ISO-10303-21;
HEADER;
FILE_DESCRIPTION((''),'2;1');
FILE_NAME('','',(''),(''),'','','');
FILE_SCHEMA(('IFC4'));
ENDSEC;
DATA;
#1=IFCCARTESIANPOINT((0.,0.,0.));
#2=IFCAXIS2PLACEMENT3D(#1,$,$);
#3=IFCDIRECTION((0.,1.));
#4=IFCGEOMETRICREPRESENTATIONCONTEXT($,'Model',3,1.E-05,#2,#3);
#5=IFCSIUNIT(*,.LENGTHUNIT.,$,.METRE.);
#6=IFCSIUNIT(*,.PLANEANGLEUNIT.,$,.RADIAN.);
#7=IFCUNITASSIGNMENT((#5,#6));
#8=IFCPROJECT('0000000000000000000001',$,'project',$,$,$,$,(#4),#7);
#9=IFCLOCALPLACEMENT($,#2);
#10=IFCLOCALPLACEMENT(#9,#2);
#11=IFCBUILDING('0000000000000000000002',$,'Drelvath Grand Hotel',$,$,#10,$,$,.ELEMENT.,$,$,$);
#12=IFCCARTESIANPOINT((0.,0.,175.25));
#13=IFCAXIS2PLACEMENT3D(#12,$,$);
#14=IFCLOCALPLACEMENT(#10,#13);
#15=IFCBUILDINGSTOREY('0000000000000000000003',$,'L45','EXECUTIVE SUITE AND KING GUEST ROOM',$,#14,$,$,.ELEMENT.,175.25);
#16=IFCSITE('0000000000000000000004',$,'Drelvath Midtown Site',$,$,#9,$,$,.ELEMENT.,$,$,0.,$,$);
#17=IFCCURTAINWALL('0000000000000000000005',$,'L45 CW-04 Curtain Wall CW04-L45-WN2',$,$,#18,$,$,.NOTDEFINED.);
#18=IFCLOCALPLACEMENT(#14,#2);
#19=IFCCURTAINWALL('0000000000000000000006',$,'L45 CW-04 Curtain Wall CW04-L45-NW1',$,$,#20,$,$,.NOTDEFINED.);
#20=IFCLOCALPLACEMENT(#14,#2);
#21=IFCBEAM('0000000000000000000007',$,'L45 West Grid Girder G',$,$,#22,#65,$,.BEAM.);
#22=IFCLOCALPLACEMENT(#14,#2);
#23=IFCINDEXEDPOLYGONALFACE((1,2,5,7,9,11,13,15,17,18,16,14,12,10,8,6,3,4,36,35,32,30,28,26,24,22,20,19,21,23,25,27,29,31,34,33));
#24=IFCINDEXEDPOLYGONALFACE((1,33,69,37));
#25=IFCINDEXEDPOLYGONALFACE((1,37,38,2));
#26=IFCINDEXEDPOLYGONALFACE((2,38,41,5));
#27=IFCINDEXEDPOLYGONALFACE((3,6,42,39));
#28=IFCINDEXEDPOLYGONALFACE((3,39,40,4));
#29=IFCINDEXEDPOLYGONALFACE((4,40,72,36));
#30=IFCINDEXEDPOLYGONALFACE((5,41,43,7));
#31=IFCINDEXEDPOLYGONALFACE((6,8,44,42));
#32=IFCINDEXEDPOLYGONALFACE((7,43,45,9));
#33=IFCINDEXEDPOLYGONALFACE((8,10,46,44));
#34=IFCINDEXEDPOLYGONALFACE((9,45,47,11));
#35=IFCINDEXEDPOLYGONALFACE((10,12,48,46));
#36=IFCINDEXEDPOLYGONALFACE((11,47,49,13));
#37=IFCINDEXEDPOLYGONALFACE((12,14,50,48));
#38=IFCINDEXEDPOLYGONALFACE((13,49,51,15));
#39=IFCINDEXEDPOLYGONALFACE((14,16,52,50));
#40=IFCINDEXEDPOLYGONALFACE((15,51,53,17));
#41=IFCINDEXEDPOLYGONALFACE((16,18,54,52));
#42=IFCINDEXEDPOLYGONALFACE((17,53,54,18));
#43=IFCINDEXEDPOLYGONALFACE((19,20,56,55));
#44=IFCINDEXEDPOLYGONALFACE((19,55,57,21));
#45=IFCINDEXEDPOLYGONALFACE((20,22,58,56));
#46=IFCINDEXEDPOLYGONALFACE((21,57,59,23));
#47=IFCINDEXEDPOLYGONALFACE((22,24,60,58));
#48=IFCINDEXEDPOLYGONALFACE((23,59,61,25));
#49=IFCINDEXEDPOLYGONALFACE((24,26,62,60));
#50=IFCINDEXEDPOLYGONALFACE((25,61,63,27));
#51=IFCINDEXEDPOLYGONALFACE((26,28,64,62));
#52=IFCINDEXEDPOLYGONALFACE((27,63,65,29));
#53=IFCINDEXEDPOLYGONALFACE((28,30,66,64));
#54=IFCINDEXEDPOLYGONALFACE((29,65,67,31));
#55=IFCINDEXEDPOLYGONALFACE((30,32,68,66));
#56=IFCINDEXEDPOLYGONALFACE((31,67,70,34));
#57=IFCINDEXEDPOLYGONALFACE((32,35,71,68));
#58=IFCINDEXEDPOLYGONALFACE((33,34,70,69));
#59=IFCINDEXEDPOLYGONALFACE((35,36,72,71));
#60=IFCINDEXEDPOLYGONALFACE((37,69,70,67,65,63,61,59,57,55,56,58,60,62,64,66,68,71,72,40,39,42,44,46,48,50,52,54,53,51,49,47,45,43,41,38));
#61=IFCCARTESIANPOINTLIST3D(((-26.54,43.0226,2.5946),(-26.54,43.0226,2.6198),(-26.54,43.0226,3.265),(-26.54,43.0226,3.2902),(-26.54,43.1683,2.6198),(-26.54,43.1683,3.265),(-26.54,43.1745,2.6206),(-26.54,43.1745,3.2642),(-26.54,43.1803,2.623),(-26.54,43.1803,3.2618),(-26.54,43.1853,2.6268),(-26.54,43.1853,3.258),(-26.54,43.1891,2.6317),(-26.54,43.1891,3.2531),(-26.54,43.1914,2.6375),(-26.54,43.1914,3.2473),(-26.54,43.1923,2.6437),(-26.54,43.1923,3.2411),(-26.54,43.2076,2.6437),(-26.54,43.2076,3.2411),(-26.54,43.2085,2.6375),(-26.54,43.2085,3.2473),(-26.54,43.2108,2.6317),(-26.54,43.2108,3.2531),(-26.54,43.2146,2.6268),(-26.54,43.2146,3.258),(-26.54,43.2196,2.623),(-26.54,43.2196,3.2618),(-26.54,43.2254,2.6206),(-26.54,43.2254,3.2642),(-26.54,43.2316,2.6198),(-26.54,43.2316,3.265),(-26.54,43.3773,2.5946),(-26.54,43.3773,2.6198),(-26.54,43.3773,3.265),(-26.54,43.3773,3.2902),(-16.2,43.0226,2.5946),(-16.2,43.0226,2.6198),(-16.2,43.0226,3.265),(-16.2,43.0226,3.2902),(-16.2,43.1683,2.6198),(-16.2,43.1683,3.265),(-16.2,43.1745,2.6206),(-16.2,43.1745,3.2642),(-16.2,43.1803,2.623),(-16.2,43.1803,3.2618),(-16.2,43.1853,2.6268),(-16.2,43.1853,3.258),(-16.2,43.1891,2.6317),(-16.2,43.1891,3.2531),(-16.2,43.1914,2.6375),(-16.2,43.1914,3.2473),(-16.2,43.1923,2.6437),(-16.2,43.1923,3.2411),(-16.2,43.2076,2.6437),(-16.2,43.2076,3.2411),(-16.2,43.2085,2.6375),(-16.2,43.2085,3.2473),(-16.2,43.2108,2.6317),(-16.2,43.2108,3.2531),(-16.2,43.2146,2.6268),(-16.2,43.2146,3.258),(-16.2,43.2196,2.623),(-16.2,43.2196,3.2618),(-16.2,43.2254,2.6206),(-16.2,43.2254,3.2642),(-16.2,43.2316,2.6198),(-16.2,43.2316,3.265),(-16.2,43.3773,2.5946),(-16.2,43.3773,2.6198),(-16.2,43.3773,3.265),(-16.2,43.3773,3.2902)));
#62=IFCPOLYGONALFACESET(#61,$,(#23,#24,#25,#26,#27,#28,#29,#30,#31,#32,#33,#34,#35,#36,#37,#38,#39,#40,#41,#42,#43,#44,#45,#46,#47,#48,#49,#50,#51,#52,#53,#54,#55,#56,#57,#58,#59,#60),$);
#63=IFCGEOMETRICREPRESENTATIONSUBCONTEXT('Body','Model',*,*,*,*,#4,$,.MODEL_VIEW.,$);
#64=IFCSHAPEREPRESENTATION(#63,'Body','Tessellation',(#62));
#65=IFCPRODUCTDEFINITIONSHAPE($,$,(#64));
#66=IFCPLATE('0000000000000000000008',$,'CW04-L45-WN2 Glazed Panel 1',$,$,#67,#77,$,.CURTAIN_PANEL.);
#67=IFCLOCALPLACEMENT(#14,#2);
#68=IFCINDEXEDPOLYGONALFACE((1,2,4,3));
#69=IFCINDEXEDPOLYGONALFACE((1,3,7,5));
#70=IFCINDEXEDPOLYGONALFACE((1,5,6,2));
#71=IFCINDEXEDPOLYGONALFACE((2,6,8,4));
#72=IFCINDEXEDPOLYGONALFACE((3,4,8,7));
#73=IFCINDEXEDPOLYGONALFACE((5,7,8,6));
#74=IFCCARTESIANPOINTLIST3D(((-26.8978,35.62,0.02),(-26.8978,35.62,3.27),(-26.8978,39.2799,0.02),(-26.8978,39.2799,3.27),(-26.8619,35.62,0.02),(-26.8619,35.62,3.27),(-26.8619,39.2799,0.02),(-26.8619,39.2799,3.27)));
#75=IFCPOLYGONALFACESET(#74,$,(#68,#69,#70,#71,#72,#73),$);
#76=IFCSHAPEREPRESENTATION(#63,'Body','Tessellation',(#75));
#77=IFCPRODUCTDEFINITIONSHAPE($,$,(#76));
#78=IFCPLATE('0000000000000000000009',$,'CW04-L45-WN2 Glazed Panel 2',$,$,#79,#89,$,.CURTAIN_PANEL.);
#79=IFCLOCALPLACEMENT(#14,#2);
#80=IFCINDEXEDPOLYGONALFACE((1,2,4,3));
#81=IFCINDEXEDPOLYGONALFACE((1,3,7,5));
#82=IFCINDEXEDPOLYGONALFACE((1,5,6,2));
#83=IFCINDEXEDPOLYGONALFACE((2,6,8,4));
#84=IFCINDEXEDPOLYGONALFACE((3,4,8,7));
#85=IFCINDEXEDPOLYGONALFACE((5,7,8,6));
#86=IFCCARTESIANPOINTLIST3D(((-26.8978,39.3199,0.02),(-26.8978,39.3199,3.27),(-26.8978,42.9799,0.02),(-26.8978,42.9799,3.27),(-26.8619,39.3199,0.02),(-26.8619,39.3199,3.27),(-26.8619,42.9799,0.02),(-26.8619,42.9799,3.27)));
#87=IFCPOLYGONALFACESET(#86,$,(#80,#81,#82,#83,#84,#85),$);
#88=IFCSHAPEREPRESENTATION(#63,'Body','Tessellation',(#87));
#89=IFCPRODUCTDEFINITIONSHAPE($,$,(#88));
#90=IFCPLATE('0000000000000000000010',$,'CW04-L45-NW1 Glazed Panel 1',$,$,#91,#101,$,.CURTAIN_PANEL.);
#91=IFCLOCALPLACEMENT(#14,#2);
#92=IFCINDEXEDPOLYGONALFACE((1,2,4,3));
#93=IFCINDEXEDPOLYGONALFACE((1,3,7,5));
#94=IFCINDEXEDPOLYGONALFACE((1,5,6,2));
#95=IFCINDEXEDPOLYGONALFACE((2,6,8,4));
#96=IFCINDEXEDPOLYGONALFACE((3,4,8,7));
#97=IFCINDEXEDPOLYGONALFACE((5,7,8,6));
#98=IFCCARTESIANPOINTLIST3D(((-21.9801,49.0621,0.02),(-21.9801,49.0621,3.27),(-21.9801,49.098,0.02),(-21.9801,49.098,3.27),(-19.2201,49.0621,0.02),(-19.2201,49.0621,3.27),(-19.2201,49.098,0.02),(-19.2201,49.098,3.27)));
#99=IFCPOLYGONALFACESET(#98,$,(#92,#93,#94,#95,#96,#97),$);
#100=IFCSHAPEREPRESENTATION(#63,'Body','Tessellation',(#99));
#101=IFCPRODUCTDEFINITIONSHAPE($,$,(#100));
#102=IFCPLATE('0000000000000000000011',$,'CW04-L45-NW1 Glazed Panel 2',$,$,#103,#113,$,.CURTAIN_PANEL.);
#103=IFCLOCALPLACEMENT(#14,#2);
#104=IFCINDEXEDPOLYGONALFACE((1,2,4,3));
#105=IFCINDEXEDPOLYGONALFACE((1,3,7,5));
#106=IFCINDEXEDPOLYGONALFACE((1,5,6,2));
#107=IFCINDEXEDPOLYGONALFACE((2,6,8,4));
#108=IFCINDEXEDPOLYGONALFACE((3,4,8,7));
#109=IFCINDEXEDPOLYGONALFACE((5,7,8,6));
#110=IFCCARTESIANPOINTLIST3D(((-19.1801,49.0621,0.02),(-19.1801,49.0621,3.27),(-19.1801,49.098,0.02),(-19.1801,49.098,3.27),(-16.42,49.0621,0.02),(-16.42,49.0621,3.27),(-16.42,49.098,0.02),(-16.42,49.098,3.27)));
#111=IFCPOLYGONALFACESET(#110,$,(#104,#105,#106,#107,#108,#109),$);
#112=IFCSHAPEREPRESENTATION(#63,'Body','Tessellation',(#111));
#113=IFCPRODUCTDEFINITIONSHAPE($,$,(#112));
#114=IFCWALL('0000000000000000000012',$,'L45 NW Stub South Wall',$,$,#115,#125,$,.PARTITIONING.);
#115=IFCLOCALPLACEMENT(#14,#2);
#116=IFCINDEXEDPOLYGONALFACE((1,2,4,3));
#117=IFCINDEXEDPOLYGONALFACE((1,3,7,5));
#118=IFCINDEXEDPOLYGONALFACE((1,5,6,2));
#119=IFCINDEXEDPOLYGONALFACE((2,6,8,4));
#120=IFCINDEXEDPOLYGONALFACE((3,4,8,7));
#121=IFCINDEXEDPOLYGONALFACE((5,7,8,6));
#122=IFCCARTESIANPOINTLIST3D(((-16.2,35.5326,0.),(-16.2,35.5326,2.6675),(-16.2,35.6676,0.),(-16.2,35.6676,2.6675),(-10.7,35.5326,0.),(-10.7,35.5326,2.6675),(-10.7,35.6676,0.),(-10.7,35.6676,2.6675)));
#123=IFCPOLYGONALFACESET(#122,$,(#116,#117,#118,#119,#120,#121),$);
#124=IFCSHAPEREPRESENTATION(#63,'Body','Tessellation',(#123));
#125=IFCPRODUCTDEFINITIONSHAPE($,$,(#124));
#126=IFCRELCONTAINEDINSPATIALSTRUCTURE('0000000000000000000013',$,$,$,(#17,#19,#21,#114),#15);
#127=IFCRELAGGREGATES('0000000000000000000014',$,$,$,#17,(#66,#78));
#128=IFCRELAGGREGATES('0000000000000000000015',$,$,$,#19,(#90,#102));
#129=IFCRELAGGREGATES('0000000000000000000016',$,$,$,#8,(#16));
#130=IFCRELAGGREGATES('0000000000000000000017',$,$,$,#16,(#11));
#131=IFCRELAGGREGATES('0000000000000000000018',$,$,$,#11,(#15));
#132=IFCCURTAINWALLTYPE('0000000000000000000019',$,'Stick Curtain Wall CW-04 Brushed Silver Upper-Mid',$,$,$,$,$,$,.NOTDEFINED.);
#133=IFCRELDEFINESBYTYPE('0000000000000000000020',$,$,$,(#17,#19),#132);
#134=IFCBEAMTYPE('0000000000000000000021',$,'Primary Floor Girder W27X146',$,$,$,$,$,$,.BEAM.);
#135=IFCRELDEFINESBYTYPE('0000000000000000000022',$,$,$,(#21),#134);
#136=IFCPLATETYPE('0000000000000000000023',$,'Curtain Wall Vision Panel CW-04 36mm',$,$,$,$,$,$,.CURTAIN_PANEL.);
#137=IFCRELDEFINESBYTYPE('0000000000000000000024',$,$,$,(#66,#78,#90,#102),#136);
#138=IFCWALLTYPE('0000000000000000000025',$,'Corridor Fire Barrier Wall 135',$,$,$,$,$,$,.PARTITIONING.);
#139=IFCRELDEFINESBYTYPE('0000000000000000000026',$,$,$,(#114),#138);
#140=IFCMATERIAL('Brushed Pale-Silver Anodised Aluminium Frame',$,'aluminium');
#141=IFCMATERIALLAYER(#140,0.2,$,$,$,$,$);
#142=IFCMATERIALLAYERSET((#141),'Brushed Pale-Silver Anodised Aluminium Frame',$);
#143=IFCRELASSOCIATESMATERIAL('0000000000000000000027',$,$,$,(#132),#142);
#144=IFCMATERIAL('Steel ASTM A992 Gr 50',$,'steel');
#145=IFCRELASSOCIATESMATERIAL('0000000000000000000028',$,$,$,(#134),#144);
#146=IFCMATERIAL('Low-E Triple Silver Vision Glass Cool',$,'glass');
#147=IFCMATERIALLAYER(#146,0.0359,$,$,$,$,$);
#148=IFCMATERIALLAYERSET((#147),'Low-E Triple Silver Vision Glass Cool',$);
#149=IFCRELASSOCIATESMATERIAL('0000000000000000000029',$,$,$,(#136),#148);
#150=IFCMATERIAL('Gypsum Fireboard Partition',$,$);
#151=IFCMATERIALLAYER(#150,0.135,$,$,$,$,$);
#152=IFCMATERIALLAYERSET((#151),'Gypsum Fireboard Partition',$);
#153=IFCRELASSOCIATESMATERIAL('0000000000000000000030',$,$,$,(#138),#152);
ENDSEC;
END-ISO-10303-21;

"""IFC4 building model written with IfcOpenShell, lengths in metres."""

from ifc_helpers import new_model, si_unit, direction, frame, frame_2d, origin, origin_2d, place, context, subcontext, project, spatial, rectangle, i_section, extrude, material, layer, layer_set, material_profile, profile_set, type_object, element, aggregate, save


model = new_model("IFC4")

# Units and contexts
model_context = context("Model", 3, precision=1e-05, world=origin(), true_north=direction((0.0, 1.0)))
body_context = subcontext(model_context, "Body", "Model", "MODEL_VIEW")
ifc_project = project(units=[si_unit("LENGTHUNIT", "METRE"), si_unit("PLANEANGLEUNIT", "RADIAN")], contexts=[model_context])

# Site, building, storey
site_placement = place(None, origin())
site = spatial("IfcSite", under=ifc_project, at=site_placement, Name="Drelvath Midtown Site", CompositionType="ELEMENT", RefElevation=0.0)
building_placement = place(site_placement, origin())
building = spatial("IfcBuilding", under=site, at=building_placement, Name="Drelvath Grand Hotel", CompositionType="ELEMENT")
storey_placement = place(building_placement, frame((0.0, 0.0, 175.25)))
storey = spatial("IfcBuildingStorey", under=building, at=storey_placement, Name="L45", Description="EXECUTIVE SUITE AND KING GUEST ROOM", CompositionType="ELEMENT", Elevation=175.25)

# Curtain walls
ifc_material_1 = material(Name="Brushed Pale-Silver Anodised Aluminium Frame", Category="aluminium")
ifc_layer_1 = layer(ifc_material_1, 0.2)
ifc_layer_set_1 = layer_set([ifc_layer_1], Name="Brushed Pale-Silver Anodised Aluminium Frame")
curtain_wall_type = type_object("IfcCurtainWallType", Name="Stick Curtain Wall CW-04 Brushed Silver Upper-Mid", PredefinedType="NOTDEFINED", material=ifc_layer_set_1)
curtain_wall_1_placement = place(storey_placement, origin())
curtain_wall_1 = element("IfcCurtainWall", 1, at=curtain_wall_1_placement, inside=storey, type_object=curtain_wall_type, Name="L45 CW-04 Curtain Wall CW04-L45-WN2", PredefinedType="NOTDEFINED")
curtain_wall_2_placement = place(storey_placement, origin())
curtain_wall_2 = element("IfcCurtainWall", 2, at=curtain_wall_2_placement, inside=storey, type_object=curtain_wall_type, Name="L45 CW-04 Curtain Wall CW04-L45-NW1", PredefinedType="NOTDEFINED")

# Beam
ifc_material_2 = material(Name="Steel ASTM A992 Gr 50", Category="steel")
ifc_material_profile_1 = material_profile(ifc_material_2, i_section(OverallWidth=0.3547, OverallDepth=0.6956, WebThickness=0.0154, FlangeThickness=0.0251, FilletRadius=0.0239, at=origin_2d()), Name="W27X146")
ifc_profile_set_1 = profile_set([ifc_material_profile_1], Name="Steel ASTM A992 Gr 50")
beam_type = type_object("IfcBeamType", Name="Primary Floor Girder W27X146", PredefinedType="BEAM", material=ifc_profile_set_1)
beam_placement = place(storey_placement, frame((-26.54, 43.2, 2.9424), z_axis=(1.0, 0.0, 0.0), x_axis=(0.0, 1.0, 0.0)))
element("IfcBeam", 3, at=beam_placement, inside=storey, type_object=beam_type, Name="L45 West Grid Girder G", PredefinedType="BEAM", context=body_context, shape_type="SweptSolid", body=[
    extrude(i_section(OverallWidth=0.3547, OverallDepth=0.6956, WebThickness=0.0154, FlangeThickness=0.0251, FilletRadius=0.0239, at=origin_2d()), origin(), (0.0, 0.0, 1.0), 10.3401),
])

# Plates
ifc_material_3 = material(Name="Low-E Triple Silver Vision Glass Cool", Category="glass")
ifc_layer_2 = layer(ifc_material_3, 0.0359)
ifc_layer_set_2 = layer_set([ifc_layer_2], Name="Low-E Triple Silver Vision Glass Cool")
plate_type = type_object("IfcPlateType", Name="Curtain Wall Vision Panel CW-04 36mm", PredefinedType="CURTAIN_PANEL", material=ifc_layer_set_2)
plate_1_placement = place(storey_placement, frame((-26.8799, 37.45, 0.02), z_axis=(0.0, 0.0, 1.0), x_axis=(0.0, 1.0, 0.0)))
plate_1 = element("IfcPlate", 4, at=plate_1_placement, type_object=plate_type, Name="CW04-L45-WN2 Glazed Panel 1", PredefinedType="CURTAIN_PANEL", context=body_context, shape_type="SweptSolid", body=[
    extrude(rectangle(XDim=3.6599, YDim=0.0359, at=origin_2d()), origin(), (0.0, 0.0, 1.0), 3.25),
])
plate_2_placement = place(storey_placement, frame((-26.8799, 41.1499, 0.02), z_axis=(0.0, 0.0, 1.0), x_axis=(0.0, 1.0, 0.0)))
plate_2 = element("IfcPlate", 5, at=plate_2_placement, type_object=plate_type, Name="CW04-L45-WN2 Glazed Panel 2", PredefinedType="CURTAIN_PANEL", context=body_context, shape_type="SweptSolid", body=[
    extrude(rectangle(XDim=3.6599, YDim=0.0359, at=origin_2d()), origin(), (0.0, 0.0, 1.0), 3.25),
])
aggregate(curtain_wall_1, [plate_1, plate_2])
plate_3_placement = place(storey_placement, frame((-20.6001, 49.0801, 0.02), z_axis=(0.0, 0.0, 1.0), x_axis=(1.0, 0.0, 0.0)))
plate_3 = element("IfcPlate", 6, at=plate_3_placement, type_object=plate_type, Name="CW04-L45-NW1 Glazed Panel 1", PredefinedType="CURTAIN_PANEL", context=body_context, shape_type="SweptSolid", body=[
    extrude(rectangle(XDim=2.76, YDim=0.0359, at=origin_2d()), origin(), (0.0, 0.0, 1.0), 3.25),
])
plate_4_placement = place(storey_placement, frame((-17.8, 49.0801, 0.02), z_axis=(0.0, 0.0, 1.0), x_axis=(1.0, 0.0, 0.0)))
plate_4 = element("IfcPlate", 7, at=plate_4_placement, type_object=plate_type, Name="CW04-L45-NW1 Glazed Panel 2", PredefinedType="CURTAIN_PANEL", context=body_context, shape_type="SweptSolid", body=[
    extrude(rectangle(XDim=2.76, YDim=0.0359, at=origin_2d()), origin(), (0.0, 0.0, 1.0), 3.25),
])
aggregate(curtain_wall_2, [plate_3, plate_4])

# Wall
ifc_material_4 = material(Name="Gypsum Fireboard Partition")
ifc_layer_3 = layer(ifc_material_4, 0.135)
ifc_layer_set_3 = layer_set([ifc_layer_3], Name="Gypsum Fireboard Partition")
wall_type_1 = type_object("IfcWallType", Name="Corridor Fire Barrier Wall 135", PredefinedType="PARTITIONING", material=ifc_layer_set_3)
wall_1_placement = place(storey_placement, frame((-16.2, 35.6001, 0.0), z_axis=(0.0, 0.0, 1.0), x_axis=(1.0, 0.0, 0.0)))
element("IfcWall", 8, at=wall_1_placement, inside=storey, type_object=wall_type_1, Name="L45 NW Stub South Wall", PredefinedType="PARTITIONING", context=body_context, shape_type="SweptSolid", body=[
    extrude(rectangle(XDim=5.5, YDim=0.135, at=frame_2d((2.75, 0.0))), origin(), (0.0, 0.0, 1.0), 2.6675),
])

save(model, "model.ifc")
